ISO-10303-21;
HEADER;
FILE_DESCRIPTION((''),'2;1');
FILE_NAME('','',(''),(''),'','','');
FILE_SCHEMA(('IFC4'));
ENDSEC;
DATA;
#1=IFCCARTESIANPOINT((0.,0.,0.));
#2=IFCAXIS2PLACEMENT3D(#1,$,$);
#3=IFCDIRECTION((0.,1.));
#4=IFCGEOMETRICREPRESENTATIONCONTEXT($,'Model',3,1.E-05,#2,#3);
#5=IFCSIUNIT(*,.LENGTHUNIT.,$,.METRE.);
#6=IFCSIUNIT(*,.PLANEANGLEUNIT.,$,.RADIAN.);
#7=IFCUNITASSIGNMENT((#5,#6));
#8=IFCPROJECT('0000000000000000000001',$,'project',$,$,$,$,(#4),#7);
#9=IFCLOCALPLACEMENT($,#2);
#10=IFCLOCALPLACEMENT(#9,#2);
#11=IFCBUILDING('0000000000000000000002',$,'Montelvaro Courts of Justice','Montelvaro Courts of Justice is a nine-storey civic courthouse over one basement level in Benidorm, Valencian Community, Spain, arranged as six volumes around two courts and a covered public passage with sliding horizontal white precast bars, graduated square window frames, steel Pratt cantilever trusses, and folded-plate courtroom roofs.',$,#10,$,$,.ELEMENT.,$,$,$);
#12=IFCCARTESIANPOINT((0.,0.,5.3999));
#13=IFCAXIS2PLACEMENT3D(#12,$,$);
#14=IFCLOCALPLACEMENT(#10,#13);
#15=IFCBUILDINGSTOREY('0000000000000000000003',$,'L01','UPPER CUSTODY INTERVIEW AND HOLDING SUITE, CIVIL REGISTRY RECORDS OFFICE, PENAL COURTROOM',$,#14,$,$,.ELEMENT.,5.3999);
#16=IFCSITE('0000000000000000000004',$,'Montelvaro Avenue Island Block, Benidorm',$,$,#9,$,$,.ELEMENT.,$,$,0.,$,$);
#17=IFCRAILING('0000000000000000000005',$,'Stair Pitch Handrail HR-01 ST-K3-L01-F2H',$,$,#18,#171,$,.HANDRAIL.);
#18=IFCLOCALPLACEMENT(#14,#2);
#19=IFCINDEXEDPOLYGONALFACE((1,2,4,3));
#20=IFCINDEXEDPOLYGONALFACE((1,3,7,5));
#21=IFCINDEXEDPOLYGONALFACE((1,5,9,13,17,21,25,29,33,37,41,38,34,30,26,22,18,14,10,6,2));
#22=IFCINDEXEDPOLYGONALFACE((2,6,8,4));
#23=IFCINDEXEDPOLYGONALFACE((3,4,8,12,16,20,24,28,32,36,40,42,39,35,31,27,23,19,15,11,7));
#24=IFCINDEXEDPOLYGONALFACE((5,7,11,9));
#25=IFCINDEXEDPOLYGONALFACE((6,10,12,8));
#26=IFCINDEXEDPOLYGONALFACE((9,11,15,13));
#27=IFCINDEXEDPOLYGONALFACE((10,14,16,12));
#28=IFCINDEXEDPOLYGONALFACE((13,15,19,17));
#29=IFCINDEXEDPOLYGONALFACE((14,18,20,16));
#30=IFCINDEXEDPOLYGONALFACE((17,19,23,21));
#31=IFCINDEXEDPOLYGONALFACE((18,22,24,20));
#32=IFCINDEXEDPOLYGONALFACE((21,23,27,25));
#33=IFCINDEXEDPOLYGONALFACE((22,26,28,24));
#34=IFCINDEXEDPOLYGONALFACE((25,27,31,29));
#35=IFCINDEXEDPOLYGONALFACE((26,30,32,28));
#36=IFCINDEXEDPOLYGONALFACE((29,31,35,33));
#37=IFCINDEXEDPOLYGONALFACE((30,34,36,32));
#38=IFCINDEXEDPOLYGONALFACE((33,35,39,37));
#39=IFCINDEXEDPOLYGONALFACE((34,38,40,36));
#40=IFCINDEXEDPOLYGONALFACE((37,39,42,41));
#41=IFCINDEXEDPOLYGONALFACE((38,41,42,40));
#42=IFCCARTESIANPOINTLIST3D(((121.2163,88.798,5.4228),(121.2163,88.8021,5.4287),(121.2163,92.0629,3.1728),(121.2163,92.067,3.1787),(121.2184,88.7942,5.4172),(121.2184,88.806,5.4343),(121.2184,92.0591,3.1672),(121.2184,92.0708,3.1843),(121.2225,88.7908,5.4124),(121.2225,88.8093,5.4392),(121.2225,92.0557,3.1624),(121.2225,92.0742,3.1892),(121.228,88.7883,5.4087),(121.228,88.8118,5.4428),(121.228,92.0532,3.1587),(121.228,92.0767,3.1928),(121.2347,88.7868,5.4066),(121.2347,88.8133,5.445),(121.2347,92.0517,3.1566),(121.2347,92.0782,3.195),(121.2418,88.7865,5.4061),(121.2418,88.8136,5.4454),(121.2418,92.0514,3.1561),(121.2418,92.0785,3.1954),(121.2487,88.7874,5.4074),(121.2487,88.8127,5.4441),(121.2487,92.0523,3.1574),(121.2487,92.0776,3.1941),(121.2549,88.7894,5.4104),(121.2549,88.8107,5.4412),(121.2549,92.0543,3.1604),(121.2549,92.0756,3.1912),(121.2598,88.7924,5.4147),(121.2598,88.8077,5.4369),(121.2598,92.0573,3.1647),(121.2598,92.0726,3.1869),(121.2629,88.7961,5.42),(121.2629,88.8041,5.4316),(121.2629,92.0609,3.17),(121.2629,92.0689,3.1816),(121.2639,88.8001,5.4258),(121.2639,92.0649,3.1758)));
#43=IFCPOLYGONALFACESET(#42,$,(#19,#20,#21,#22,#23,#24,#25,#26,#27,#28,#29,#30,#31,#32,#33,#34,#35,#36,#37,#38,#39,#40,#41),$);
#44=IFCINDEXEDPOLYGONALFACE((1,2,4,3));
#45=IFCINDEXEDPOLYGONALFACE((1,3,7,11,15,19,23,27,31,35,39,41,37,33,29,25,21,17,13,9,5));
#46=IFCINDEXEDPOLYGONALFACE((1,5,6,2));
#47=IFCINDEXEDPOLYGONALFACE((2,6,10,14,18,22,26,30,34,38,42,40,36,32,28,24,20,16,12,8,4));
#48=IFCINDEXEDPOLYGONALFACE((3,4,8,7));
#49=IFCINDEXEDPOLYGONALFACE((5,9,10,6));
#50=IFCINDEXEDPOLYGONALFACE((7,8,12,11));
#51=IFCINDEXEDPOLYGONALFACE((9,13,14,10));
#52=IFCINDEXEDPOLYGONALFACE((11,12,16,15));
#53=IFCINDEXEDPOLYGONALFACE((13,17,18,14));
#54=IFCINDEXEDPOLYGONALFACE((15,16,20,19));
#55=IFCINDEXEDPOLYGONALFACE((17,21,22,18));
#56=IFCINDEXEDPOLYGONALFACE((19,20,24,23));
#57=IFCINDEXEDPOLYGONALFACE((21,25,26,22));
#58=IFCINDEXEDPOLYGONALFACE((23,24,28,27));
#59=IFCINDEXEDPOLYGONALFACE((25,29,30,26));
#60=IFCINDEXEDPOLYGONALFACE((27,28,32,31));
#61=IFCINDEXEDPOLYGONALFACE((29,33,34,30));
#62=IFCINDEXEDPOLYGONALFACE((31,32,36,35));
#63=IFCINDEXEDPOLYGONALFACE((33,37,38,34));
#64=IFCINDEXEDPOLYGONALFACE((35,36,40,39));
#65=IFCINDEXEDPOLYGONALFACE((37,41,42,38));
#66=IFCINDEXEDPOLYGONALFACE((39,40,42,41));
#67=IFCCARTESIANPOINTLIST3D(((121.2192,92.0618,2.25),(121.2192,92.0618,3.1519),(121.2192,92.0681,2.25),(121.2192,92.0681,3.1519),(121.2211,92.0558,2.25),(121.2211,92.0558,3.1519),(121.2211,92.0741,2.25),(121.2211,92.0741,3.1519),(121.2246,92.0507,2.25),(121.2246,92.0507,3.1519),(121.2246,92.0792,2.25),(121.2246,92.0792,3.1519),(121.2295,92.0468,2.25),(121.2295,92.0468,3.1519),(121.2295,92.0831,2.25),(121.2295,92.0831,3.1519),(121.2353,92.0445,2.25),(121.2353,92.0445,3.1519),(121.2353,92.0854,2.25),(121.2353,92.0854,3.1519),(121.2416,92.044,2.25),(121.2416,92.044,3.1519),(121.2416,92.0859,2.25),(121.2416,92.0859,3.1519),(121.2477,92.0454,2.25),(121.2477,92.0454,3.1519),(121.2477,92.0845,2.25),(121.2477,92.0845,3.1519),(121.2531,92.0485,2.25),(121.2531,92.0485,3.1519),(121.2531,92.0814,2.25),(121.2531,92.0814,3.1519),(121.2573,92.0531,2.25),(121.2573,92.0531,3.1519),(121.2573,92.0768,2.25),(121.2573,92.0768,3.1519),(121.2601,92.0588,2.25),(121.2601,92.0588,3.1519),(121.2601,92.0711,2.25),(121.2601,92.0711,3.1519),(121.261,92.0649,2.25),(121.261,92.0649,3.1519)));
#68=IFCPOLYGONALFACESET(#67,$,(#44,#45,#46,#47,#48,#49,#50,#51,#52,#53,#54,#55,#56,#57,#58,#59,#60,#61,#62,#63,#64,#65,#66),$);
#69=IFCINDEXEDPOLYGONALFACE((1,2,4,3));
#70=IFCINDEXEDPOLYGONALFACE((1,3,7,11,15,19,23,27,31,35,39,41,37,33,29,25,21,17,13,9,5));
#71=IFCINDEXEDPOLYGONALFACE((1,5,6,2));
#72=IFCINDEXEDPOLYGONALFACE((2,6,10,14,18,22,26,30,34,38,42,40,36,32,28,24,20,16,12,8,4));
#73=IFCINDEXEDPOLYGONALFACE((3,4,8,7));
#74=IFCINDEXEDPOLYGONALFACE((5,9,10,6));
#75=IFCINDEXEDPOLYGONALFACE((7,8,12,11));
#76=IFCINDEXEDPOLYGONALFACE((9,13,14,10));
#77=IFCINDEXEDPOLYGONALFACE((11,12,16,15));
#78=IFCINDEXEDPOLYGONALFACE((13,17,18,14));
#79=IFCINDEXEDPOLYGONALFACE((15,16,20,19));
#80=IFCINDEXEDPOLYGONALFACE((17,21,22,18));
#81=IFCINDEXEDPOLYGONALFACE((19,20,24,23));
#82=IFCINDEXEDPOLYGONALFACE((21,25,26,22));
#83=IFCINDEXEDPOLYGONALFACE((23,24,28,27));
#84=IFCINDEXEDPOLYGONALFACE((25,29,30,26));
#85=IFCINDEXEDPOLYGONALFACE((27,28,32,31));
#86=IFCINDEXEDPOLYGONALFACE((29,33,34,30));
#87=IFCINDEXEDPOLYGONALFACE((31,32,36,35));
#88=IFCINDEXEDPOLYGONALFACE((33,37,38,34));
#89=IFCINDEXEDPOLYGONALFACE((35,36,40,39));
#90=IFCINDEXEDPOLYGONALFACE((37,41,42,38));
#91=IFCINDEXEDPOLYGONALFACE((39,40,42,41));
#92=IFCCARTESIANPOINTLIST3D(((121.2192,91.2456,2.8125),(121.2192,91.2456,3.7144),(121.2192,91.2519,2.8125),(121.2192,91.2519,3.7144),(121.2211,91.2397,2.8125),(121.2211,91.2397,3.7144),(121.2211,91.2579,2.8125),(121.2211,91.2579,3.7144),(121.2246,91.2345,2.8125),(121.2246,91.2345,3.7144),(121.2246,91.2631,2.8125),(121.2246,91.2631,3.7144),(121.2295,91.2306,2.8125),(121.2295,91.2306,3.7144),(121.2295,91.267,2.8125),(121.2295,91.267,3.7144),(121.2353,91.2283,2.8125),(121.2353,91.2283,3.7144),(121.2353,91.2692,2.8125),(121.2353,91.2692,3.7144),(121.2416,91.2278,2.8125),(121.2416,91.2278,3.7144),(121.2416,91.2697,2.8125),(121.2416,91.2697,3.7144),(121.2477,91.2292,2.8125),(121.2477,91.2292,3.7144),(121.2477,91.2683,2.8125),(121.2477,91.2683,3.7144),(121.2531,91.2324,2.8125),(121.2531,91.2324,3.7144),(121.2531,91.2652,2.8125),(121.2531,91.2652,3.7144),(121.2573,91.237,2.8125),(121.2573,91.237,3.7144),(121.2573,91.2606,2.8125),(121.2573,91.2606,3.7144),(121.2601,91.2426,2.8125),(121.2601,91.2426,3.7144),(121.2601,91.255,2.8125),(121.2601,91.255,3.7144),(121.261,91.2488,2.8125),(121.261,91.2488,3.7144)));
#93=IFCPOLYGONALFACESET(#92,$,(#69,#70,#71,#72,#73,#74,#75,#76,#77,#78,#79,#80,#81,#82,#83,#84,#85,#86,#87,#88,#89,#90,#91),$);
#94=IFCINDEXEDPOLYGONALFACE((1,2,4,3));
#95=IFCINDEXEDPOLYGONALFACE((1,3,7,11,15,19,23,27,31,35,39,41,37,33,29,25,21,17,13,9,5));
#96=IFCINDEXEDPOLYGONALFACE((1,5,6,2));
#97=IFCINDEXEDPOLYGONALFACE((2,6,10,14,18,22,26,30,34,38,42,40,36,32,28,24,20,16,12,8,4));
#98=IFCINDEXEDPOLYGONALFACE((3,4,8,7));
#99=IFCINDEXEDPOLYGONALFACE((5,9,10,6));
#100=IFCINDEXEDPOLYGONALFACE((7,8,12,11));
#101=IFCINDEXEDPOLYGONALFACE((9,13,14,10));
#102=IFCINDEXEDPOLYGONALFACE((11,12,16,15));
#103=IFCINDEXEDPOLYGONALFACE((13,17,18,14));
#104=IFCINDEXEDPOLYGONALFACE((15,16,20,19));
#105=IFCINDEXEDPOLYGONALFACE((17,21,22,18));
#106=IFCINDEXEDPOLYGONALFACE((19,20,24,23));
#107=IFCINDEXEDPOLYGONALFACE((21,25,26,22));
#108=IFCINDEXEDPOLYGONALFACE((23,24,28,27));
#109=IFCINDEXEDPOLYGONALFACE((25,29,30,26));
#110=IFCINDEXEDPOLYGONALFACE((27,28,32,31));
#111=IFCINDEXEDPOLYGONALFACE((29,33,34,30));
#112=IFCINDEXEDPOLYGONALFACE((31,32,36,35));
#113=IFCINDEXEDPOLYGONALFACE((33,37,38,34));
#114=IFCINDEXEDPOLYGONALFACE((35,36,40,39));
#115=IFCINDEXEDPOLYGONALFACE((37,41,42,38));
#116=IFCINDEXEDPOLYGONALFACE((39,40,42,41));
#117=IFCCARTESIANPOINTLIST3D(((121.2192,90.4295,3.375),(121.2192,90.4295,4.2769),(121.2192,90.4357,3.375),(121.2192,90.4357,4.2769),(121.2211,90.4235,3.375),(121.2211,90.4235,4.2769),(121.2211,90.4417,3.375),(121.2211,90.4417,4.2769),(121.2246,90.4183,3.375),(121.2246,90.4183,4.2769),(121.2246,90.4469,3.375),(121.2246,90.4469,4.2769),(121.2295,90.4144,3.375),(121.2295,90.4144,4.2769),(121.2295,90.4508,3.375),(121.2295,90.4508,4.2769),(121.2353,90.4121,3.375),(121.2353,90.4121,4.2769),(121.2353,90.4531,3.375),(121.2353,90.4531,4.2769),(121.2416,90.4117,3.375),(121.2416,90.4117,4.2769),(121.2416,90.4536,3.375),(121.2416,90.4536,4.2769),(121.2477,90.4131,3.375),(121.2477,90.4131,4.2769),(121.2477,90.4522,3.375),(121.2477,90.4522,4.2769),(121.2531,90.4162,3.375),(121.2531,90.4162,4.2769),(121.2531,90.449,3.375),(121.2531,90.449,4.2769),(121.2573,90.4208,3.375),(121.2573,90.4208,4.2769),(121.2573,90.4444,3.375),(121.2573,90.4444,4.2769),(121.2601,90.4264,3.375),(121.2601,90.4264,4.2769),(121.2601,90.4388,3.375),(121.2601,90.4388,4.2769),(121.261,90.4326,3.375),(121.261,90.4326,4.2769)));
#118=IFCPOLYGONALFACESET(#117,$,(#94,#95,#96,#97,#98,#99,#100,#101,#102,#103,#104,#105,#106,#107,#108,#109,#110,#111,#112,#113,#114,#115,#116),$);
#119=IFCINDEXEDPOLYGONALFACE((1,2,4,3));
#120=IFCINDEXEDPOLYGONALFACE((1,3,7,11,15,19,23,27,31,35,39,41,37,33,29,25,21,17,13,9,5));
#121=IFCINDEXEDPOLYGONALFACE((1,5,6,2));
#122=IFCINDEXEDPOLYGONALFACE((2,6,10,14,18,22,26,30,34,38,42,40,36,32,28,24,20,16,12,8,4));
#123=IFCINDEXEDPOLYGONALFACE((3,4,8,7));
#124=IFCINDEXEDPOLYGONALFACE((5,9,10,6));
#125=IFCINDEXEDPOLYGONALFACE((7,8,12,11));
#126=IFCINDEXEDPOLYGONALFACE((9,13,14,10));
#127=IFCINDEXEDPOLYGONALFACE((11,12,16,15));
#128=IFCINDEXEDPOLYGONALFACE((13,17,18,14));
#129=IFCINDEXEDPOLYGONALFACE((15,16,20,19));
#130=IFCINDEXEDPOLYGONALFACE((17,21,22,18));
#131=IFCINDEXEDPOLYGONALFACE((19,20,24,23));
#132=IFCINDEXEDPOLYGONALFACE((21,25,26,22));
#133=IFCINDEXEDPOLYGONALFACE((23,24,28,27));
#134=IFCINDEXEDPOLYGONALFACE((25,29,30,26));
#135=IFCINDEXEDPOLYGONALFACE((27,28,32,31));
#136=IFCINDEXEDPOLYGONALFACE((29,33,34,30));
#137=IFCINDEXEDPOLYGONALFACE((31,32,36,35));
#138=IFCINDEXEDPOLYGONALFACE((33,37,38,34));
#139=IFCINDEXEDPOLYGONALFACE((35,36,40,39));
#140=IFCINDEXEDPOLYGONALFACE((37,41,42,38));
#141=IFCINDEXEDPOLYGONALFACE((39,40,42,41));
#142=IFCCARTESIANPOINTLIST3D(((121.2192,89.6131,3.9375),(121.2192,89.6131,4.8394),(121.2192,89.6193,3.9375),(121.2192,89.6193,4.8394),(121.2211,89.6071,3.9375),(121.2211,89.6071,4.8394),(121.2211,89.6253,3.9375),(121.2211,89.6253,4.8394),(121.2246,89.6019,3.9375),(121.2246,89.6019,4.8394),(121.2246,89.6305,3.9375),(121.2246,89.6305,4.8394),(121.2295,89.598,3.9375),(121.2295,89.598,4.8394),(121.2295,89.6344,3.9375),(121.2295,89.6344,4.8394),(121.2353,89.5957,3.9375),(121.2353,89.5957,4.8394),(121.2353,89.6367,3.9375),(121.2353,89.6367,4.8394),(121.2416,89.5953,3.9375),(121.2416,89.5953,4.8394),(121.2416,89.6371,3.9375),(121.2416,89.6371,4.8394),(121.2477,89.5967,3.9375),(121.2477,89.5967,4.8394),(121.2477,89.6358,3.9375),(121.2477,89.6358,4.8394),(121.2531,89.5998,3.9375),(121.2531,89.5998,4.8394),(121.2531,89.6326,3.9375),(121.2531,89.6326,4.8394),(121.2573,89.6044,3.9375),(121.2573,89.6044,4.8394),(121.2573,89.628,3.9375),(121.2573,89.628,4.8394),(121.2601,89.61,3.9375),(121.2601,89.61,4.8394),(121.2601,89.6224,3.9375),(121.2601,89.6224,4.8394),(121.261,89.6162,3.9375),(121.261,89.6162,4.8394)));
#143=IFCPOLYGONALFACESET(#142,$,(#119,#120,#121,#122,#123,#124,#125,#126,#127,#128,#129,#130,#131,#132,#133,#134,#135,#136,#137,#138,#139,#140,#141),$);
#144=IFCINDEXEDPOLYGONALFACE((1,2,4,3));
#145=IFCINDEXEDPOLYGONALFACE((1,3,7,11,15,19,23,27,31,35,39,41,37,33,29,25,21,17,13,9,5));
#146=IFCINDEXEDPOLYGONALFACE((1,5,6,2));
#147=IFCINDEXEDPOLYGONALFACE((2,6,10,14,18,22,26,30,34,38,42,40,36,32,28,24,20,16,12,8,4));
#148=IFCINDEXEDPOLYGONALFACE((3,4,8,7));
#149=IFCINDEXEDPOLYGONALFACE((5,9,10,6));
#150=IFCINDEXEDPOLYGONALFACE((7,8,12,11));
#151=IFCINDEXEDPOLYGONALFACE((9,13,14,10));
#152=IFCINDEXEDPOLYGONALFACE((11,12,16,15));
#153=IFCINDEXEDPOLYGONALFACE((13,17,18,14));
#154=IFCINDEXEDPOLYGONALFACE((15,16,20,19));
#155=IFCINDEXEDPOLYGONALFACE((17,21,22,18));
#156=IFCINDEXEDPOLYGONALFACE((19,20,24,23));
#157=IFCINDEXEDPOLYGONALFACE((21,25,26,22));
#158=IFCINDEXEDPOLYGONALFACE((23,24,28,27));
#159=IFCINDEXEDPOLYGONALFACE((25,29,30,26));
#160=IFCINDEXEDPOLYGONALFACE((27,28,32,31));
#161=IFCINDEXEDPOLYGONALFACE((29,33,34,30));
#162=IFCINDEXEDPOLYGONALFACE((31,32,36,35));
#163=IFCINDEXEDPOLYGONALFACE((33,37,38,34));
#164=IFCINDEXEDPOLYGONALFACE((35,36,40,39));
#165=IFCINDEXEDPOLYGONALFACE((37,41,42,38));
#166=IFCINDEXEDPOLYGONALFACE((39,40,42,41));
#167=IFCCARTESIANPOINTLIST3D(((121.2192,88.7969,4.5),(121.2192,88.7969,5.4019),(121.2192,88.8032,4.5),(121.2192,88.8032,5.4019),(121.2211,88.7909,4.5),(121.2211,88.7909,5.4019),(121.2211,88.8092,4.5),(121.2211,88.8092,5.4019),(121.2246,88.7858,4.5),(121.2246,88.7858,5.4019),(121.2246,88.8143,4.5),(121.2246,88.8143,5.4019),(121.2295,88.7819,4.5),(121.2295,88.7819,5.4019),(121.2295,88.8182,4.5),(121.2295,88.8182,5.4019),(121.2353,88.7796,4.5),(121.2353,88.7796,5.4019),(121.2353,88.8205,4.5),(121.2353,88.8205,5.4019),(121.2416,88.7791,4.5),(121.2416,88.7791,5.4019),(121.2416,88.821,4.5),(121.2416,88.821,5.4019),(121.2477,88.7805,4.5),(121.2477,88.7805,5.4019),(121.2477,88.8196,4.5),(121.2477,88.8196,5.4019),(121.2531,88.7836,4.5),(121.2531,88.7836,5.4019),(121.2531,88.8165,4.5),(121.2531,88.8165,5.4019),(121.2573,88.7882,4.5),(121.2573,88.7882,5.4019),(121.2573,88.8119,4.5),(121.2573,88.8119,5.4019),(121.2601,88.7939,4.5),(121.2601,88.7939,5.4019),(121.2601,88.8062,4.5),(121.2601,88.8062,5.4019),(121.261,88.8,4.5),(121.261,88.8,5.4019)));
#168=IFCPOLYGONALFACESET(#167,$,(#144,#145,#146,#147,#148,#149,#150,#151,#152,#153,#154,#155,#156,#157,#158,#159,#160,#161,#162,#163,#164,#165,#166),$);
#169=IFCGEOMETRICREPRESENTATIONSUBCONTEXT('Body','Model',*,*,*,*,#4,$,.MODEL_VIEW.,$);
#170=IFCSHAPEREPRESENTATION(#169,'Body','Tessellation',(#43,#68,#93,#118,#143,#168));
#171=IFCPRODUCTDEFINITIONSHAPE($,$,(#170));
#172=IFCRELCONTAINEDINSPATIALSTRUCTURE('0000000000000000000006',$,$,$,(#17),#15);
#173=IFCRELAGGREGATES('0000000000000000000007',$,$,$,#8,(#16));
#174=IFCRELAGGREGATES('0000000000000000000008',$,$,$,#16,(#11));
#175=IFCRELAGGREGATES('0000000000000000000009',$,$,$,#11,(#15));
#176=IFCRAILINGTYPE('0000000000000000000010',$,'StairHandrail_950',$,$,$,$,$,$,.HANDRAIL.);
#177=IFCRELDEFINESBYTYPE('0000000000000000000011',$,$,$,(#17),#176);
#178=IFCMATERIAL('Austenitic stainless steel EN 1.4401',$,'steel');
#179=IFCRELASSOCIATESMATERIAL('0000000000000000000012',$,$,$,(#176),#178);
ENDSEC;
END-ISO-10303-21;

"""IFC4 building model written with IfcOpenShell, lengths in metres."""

from ifc_helpers import new_model, si_unit, direction, frame, origin, origin_2d, place, context, subcontext, project, spatial, circle, extrude, material, type_object, element, save


model = new_model("IFC4")

# Units and contexts
model_context = context("Model", 3, precision=1e-05, world=origin(), true_north=direction((0.0, 1.0)))
body_context = subcontext(model_context, "Body", "Model", "MODEL_VIEW")
ifc_project = project(units=[si_unit("LENGTHUNIT", "METRE"), si_unit("PLANEANGLEUNIT", "RADIAN")], contexts=[model_context])

# Site, building, storey
site_placement = place(None, origin())
site = spatial("IfcSite", under=ifc_project, at=site_placement, Name="Montelvaro Avenue Island Block, Benidorm", CompositionType="ELEMENT", RefElevation=0.0)
building_placement = place(site_placement, origin())
building = spatial("IfcBuilding", under=site, at=building_placement, Name="Montelvaro Courts of Justice", Description="Montelvaro Courts of Justice is a nine-storey civic courthouse over one basement level in Benidorm, Valencian Community, Spain, arranged as six volumes around two courts and a covered public passage with sliding horizontal white precast bars, graduated square window frames, steel Pratt cantilever trusses, and folded-plate courtroom roofs.", CompositionType="ELEMENT")
storey_placement = place(building_placement, frame((0.0, 0.0, 5.3999)))
storey = spatial("IfcBuildingStorey", under=building, at=storey_placement, Name="L01", Description="UPPER CUSTODY INTERVIEW AND HOLDING SUITE, CIVIL REGISTRY RECORDS OFFICE, PENAL COURTROOM", CompositionType="ELEMENT", Elevation=5.3999)

# Railing
ifc_material_1 = material(Name="Austenitic stainless steel EN 1.4401", Category="steel")
railing_type_1 = type_object("IfcRailingType", Name="StairHandrail_950", PredefinedType="HANDRAIL", material=ifc_material_1)
railing_1_placement = place(storey_placement, frame((121.24, 92.0649, 2.25)))
element("IfcRailing", 1, at=railing_1_placement, inside=storey, type_object=railing_type_1, Name="Stair Pitch Handrail HR-01 ST-K3-L01-F2H", PredefinedType="HANDRAIL", context=body_context, shape_type="SweptSolid", body=[
    extrude(circle(Radius=0.0239, at=origin_2d()), frame((0.0, 0.0, 0.9258), z_axis=(0.0, -0.823407, 0.567451), x_axis=(1.0, 0.0, 0.0)), (0.0, 0.0, 1.0), 3.9651),
    extrude(circle(Radius=0.021, at=origin_2d()), origin(), (0.0, 0.0, 1.0), 0.9019),
    extrude(circle(Radius=0.021, at=origin_2d()), frame((0.0, -0.8162, 0.5625)), (0.0, 0.0, 1.0), 0.9019),
    extrude(circle(Radius=0.021, at=origin_2d()), frame((0.0, -1.6323, 1.125)), (0.0, 0.0, 1.0), 0.9019),
    extrude(circle(Radius=0.021, at=origin_2d()), frame((0.0, -2.4487, 1.6875)), (0.0, 0.0, 1.0), 0.9019),
    extrude(circle(Radius=0.021, at=origin_2d()), frame((0.0, -3.2649, 2.25)), (0.0, 0.0, 1.0), 0.9019),
])

save(model, "model.ifc")
